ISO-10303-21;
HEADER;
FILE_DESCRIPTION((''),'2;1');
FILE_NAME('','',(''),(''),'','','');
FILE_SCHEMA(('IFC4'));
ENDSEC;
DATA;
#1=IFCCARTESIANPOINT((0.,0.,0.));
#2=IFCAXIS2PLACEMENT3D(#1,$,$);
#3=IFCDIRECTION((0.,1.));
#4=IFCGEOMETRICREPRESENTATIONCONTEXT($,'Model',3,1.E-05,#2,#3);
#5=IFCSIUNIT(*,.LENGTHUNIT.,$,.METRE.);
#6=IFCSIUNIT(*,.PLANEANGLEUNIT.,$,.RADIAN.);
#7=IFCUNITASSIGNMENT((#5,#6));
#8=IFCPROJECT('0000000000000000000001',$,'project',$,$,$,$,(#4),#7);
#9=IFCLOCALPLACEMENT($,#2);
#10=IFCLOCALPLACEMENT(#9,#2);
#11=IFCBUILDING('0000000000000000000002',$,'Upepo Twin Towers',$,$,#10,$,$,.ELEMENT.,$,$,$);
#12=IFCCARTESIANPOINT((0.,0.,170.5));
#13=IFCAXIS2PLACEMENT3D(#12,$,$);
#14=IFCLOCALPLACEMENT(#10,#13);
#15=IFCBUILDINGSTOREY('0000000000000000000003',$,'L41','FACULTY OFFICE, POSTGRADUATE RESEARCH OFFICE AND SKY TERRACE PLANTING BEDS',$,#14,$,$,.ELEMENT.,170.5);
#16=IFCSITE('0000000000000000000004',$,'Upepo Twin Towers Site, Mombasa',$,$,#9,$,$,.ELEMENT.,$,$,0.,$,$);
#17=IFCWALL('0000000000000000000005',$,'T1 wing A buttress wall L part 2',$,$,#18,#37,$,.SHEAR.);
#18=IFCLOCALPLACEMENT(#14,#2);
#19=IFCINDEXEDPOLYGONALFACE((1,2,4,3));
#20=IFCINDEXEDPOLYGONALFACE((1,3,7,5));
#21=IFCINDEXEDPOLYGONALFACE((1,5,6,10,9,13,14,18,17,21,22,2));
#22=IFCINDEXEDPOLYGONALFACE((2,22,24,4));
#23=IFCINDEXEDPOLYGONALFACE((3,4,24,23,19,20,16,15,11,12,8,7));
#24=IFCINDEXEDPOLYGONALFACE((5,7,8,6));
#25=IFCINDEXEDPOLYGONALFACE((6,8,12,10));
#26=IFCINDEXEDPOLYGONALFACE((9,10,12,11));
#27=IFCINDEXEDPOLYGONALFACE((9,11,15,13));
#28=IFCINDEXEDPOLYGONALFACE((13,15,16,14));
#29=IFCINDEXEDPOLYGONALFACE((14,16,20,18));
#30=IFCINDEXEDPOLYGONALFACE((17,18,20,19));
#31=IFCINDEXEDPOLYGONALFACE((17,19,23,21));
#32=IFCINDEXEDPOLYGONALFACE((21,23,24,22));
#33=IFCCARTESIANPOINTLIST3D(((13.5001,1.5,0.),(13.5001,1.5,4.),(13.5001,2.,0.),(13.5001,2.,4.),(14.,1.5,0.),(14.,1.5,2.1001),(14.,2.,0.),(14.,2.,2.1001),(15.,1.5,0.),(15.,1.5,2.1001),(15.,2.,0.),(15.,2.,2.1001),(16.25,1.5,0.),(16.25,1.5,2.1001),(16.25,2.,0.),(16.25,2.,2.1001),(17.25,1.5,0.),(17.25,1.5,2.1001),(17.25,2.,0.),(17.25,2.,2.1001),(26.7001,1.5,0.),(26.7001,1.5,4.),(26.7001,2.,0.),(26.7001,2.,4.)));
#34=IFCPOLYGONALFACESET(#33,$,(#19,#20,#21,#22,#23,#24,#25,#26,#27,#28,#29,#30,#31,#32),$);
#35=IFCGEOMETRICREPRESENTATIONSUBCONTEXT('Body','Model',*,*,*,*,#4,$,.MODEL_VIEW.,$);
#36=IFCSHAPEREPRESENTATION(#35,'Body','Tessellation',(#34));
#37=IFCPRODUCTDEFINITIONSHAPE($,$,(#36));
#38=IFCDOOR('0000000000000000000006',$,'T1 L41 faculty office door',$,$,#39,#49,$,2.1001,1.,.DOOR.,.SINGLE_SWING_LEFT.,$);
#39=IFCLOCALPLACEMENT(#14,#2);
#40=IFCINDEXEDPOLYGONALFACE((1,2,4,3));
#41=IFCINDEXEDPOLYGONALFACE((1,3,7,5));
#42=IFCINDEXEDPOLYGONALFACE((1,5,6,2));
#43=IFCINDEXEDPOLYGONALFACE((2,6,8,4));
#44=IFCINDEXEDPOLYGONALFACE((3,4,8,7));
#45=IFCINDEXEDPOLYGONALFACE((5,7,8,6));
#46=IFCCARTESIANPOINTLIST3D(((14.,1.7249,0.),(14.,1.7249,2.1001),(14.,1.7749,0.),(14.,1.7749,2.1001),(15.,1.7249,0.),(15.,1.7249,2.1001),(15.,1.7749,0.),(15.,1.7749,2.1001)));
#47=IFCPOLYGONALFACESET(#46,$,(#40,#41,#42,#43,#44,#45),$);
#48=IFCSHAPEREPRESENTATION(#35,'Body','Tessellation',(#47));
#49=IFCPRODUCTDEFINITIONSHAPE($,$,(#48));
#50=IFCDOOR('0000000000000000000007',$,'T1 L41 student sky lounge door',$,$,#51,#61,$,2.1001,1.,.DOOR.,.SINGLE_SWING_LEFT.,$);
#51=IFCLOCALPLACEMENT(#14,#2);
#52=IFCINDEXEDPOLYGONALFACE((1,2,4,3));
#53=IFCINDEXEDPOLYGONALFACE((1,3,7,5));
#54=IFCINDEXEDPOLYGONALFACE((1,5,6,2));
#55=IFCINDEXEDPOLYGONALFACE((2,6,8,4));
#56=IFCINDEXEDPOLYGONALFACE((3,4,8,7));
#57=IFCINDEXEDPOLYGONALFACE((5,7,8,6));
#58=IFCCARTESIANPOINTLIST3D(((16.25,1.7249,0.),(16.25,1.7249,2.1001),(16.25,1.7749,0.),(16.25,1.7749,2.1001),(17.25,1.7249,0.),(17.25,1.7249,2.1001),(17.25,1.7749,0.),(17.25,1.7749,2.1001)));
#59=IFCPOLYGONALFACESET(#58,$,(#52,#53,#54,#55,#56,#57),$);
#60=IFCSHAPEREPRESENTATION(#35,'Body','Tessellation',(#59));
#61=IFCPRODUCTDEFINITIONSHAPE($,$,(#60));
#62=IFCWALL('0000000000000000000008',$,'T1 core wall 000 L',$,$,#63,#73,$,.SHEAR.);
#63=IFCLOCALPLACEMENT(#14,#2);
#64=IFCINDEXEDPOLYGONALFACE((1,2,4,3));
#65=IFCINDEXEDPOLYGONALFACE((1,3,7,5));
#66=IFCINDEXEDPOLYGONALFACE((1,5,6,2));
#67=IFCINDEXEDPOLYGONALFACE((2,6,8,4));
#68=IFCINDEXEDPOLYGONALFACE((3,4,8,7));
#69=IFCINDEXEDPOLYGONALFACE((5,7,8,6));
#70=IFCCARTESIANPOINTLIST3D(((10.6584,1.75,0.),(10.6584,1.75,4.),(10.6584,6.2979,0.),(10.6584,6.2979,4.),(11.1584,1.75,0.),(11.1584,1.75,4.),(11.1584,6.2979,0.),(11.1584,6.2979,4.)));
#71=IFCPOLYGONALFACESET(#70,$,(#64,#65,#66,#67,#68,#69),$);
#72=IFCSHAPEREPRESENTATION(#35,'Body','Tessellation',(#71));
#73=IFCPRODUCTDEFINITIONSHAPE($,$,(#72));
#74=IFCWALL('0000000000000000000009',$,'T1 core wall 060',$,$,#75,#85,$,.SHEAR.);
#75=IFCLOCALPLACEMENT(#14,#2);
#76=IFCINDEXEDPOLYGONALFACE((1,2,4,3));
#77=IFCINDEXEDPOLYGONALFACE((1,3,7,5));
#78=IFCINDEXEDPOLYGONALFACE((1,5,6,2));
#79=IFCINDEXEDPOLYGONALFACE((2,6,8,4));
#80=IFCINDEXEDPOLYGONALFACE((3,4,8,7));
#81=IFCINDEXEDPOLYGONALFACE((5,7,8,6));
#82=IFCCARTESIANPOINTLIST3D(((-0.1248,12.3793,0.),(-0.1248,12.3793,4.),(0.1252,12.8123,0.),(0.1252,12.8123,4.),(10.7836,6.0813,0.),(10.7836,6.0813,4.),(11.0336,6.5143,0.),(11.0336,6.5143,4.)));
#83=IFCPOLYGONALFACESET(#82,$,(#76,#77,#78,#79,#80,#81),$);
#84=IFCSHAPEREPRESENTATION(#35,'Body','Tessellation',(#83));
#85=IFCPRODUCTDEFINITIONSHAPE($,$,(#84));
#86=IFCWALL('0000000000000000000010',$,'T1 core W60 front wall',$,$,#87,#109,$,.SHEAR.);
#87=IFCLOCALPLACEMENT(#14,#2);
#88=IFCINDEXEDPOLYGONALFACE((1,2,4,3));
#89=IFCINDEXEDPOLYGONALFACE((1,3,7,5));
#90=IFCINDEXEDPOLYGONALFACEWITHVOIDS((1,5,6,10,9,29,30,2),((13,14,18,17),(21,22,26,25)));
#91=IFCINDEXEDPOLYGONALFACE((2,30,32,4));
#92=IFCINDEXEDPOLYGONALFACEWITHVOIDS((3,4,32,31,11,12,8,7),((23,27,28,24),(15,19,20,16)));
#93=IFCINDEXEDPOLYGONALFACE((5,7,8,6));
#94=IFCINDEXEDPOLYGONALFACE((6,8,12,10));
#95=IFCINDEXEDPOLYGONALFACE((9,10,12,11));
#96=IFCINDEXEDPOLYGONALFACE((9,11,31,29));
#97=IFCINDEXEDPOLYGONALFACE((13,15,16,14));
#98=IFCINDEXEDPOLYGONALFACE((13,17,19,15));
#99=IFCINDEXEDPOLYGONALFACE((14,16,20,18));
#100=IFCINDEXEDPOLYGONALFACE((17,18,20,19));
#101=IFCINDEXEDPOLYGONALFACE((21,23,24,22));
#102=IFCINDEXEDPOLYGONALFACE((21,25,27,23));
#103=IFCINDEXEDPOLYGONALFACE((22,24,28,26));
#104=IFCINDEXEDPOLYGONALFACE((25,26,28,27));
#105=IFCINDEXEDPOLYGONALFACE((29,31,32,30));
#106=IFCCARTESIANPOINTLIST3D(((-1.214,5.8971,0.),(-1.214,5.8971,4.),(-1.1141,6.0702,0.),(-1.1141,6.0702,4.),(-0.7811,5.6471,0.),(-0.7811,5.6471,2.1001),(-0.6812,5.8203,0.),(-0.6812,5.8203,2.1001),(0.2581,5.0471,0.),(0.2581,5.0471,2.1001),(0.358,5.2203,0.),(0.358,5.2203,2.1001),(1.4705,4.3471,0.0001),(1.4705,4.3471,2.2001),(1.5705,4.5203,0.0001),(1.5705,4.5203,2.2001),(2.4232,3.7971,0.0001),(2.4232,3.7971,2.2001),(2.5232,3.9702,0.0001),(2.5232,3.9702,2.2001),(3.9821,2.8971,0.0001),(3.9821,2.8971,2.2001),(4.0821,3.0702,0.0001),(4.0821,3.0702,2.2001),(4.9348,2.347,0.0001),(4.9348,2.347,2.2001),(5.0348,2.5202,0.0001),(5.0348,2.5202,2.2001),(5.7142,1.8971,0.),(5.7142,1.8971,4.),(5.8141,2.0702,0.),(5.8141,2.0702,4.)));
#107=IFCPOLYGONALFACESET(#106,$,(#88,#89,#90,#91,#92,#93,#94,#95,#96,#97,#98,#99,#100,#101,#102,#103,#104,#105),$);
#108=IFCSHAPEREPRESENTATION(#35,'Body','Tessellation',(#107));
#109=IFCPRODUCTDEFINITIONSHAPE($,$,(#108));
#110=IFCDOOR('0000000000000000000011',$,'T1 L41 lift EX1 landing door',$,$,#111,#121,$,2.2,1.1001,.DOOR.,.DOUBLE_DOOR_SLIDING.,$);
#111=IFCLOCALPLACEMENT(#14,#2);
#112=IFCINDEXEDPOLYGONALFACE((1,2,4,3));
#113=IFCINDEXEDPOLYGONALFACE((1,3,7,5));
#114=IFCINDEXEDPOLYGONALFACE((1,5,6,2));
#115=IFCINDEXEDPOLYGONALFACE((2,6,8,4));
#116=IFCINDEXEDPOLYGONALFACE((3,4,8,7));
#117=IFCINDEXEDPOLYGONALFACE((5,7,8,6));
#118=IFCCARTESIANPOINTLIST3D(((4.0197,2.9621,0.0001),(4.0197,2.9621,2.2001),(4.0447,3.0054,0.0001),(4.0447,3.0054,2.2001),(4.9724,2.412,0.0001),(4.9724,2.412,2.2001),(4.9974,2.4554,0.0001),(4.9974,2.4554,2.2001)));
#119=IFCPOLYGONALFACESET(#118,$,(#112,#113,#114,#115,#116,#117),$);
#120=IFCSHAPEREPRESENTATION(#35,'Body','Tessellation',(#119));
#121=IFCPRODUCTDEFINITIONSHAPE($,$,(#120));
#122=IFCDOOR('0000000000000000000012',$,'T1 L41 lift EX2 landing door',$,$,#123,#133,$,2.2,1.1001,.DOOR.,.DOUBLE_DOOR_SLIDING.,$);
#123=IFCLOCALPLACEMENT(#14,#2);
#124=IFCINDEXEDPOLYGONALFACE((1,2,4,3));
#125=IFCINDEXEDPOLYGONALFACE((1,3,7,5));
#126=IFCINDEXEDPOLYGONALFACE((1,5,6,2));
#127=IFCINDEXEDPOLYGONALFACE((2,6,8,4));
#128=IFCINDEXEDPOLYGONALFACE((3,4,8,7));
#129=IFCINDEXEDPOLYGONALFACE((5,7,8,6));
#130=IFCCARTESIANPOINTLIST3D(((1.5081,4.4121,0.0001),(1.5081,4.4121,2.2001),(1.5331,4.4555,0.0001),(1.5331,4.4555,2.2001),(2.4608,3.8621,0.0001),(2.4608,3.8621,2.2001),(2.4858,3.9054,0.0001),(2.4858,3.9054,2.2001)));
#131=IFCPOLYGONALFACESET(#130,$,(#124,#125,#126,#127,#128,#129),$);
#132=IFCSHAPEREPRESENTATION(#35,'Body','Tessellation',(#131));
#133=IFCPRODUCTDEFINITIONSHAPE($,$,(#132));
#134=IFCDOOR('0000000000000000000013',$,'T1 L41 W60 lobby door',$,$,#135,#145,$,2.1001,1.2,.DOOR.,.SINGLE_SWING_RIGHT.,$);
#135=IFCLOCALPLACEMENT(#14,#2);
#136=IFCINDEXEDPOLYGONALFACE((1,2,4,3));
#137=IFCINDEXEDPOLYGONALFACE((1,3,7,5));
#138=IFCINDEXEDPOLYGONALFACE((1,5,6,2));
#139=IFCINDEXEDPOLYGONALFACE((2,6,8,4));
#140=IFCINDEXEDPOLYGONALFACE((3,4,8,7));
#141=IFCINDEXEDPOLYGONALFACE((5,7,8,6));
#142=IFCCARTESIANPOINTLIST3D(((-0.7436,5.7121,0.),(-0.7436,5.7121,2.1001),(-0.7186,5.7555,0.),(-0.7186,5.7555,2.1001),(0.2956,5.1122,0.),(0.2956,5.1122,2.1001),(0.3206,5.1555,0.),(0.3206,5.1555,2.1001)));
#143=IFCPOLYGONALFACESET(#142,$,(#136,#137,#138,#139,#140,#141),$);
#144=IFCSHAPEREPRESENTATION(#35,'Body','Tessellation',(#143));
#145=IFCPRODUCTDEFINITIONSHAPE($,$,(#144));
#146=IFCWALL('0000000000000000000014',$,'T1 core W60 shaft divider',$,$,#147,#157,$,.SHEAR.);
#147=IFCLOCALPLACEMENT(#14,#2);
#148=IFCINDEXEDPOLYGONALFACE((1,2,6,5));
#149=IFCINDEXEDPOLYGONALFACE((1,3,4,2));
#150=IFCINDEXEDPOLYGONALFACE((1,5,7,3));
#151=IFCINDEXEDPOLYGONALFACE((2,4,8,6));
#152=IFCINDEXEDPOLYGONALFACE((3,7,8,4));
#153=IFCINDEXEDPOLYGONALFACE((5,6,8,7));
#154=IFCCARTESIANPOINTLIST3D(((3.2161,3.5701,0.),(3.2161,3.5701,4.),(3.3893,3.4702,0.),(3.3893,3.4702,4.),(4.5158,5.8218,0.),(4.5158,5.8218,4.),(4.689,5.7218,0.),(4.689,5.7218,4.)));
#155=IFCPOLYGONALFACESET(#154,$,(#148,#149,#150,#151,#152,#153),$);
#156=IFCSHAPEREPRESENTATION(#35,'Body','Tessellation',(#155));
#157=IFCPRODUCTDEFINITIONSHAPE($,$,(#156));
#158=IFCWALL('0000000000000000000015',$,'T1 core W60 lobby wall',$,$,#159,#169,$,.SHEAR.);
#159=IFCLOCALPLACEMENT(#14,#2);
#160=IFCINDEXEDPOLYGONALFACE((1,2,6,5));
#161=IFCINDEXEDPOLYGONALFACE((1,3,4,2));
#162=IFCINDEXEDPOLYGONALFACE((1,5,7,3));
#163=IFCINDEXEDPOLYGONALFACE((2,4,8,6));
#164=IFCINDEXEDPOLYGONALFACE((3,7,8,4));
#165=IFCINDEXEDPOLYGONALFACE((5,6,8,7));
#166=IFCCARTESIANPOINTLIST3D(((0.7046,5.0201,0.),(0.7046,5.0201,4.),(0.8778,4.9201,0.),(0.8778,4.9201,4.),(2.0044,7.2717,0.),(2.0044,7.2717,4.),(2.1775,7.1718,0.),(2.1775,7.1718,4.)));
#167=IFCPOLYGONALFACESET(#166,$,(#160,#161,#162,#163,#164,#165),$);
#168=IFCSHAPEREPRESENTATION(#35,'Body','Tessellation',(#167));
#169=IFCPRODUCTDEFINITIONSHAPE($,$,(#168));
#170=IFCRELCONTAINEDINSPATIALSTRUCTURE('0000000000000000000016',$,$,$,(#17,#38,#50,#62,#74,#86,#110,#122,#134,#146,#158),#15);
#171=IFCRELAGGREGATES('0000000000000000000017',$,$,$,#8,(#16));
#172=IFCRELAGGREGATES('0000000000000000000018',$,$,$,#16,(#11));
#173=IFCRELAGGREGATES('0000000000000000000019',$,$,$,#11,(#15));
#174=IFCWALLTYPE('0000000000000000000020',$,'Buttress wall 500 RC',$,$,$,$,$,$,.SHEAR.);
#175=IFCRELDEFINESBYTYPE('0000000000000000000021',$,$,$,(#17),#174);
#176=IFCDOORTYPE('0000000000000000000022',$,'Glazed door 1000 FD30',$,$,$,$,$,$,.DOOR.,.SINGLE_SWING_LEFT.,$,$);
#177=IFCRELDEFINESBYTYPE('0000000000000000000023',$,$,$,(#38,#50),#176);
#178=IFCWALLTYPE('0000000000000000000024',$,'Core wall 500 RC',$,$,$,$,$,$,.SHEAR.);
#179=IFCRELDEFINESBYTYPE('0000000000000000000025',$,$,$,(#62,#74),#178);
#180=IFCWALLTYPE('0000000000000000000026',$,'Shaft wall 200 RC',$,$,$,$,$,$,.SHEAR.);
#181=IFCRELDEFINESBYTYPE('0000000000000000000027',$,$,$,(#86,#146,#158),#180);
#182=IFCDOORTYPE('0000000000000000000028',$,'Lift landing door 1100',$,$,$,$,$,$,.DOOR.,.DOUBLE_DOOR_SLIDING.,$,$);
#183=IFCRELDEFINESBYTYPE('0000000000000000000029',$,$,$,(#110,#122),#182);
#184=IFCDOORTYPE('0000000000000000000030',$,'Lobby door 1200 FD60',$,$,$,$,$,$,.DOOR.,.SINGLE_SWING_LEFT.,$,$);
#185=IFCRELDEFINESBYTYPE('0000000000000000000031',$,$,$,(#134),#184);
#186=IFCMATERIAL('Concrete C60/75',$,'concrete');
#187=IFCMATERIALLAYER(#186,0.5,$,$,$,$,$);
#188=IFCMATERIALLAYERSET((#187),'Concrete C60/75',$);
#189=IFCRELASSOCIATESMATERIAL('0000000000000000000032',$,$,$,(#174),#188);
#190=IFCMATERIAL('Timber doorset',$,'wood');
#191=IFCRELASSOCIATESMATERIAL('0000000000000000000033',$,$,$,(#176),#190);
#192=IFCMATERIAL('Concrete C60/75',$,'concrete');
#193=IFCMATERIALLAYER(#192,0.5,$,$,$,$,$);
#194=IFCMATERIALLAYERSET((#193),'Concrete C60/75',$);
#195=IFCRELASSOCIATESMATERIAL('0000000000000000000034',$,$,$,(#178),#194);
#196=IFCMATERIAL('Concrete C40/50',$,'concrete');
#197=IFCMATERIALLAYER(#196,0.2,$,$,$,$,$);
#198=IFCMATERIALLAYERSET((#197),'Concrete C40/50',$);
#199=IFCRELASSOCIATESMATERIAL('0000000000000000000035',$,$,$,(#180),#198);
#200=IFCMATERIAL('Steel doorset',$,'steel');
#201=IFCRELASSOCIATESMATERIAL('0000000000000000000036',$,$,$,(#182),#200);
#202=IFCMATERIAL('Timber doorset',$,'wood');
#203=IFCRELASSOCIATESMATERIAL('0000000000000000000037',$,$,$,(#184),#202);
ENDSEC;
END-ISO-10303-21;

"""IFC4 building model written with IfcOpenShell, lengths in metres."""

from ifc_helpers import new_model, si_unit, direction, frame, frame_2d, origin, place, context, subcontext, project, spatial, rectangle, extrude, material, layer, layer_set, type_object, element, fill, save


model = new_model("IFC4")

# Units and contexts
model_context = context("Model", 3, precision=1e-05, world=origin(), true_north=direction((0.0, 1.0)))
body_context = subcontext(model_context, "Body", "Model", "MODEL_VIEW")
ifc_project = project(units=[si_unit("LENGTHUNIT", "METRE"), si_unit("PLANEANGLEUNIT", "RADIAN")], contexts=[model_context])

# Site, building, storey
site_placement = place(None, origin())
site = spatial("IfcSite", under=ifc_project, at=site_placement, Name="Upepo Twin Towers Site, Mombasa", CompositionType="ELEMENT", RefElevation=0.0)
building_placement = place(site_placement, origin())
building = spatial("IfcBuilding", under=site, at=building_placement, Name="Upepo Twin Towers", CompositionType="ELEMENT")
storey_placement = place(building_placement, frame((0.0, 0.0, 170.5)))
storey = spatial("IfcBuildingStorey", under=building, at=storey_placement, Name="L41", Description="FACULTY OFFICE, POSTGRADUATE RESEARCH OFFICE AND SKY TERRACE PLANTING BEDS", CompositionType="ELEMENT", Elevation=170.5)

# Wall, openings, doors
ifc_material_1 = material(Name="Concrete C60/75", Category="concrete")
ifc_layer_1 = layer(ifc_material_1, 0.5)
ifc_layer_set_1 = layer_set([ifc_layer_1], Name="Concrete C60/75")
wall_type_1 = type_object("IfcWallType", Name="Buttress wall 500 RC", PredefinedType="SHEAR", material=ifc_layer_set_1)
wall_1_placement = place(storey_placement, frame((13.5, 1.75, 0.0), z_axis=(0.0, 0.0, 1.0), x_axis=(1.0, 0.0, 0.0)))
wall_1 = element("IfcWall", 1, at=wall_1_placement, inside=storey, type_object=wall_type_1, Name="T1 wing A buttress wall L part 2", PredefinedType="SHEAR", context=body_context, shape_type="SweptSolid", body=[
    extrude(rectangle(XDim=13.2, YDim=0.5, at=frame_2d((6.6001, 0.0))), origin(), (0.0, 0.0, 1.0), 4.0),
])
opening_1_placement = place(wall_1_placement, frame((0.5, 0.0, 0.0)))
opening_1 = element("IfcOpeningElement", 2, at=opening_1_placement, cuts=wall_1, PredefinedType="OPENING", context=body_context, shape_type="SweptSolid", body=[
    extrude(rectangle(XDim=1.0, YDim=2.1001, at=frame_2d((0.5, 1.05))), frame((0.0, 0.26, 0.0), z_axis=(0.0, -1.0, 0.0), x_axis=(1.0, 0.0, 0.0)), (0.0, 0.0, 1.0), 0.52),
])
opening_2_placement = place(wall_1_placement, frame((2.75, 0.0, 0.0)))
opening_2 = element("IfcOpeningElement", 3, at=opening_2_placement, cuts=wall_1, PredefinedType="OPENING", context=body_context, shape_type="SweptSolid", body=[
    extrude(rectangle(XDim=1.0, YDim=2.1001, at=frame_2d((0.5, 1.05))), frame((0.0, 0.26, 0.0), z_axis=(0.0, -1.0, 0.0), x_axis=(1.0, 0.0, 0.0)), (0.0, 0.0, 1.0), 0.52),
])
ifc_material_2 = material(Name="Timber doorset", Category="wood")
door_type_1 = type_object("IfcDoorType", Name="Glazed door 1000 FD30", OperationType="SINGLE_SWING_LEFT", PredefinedType="DOOR", material=ifc_material_2)
door_1_placement = place(opening_1_placement, origin())
door_1 = element("IfcDoor", 4, at=door_1_placement, inside=storey, type_object=door_type_1, Name="T1 L41 faculty office door", OperationType="SINGLE_SWING_LEFT", OverallHeight=2.1001, OverallWidth=1.0, PredefinedType="DOOR", context=body_context, shape_type="SweptSolid", body=[
    extrude(rectangle(XDim=1.0, YDim=2.1001, at=frame_2d((0.5, 1.05))), frame((0.0, 0.0249, 0.0), z_axis=(0.0, -1.0, 0.0), x_axis=(1.0, 0.0, 0.0)), (0.0, 0.0, 1.0), 0.05),
])
fill(opening_1, door_1)
door_2_placement = place(opening_2_placement, origin())
door_2 = element("IfcDoor", 5, at=door_2_placement, inside=storey, type_object=door_type_1, Name="T1 L41 student sky lounge door", OperationType="SINGLE_SWING_LEFT", OverallHeight=2.1001, OverallWidth=1.0, PredefinedType="DOOR", context=body_context, shape_type="SweptSolid", body=[
    extrude(rectangle(XDim=1.0, YDim=2.1001, at=frame_2d((0.5, 1.05))), frame((0.0, 0.0249, 0.0), z_axis=(0.0, -1.0, 0.0), x_axis=(1.0, 0.0, 0.0)), (0.0, 0.0, 1.0), 0.05),
])
fill(opening_2, door_2)

# Walls
ifc_material_3 = material(Name="Concrete C60/75", Category="concrete")
ifc_layer_2 = layer(ifc_material_3, 0.5)
ifc_layer_set_2 = layer_set([ifc_layer_2], Name="Concrete C60/75")
wall_type_2 = type_object("IfcWallType", Name="Core wall 500 RC", PredefinedType="SHEAR", material=ifc_layer_set_2)
wall_2_placement = place(storey_placement, frame((10.9084, 1.75, 0.0), z_axis=(0.0, 0.0, 1.0), x_axis=(0.0, 1.0, 0.0)))
element("IfcWall", 6, at=wall_2_placement, inside=storey, type_object=wall_type_2, Name="T1 core wall 000 L", PredefinedType="SHEAR", context=body_context, shape_type="SweptSolid", body=[
    extrude(rectangle(XDim=4.5479, YDim=0.5, at=frame_2d((2.2739, 0.0))), origin(), (0.0, 0.0, 1.0), 4.0),
])
wall_3_placement = place(storey_placement, frame((10.9084, 6.2979, 0.0), z_axis=(0.0, 0.0, 1.0), x_axis=(-0.866022, 0.500006, 0.0)))
element("IfcWall", 7, at=wall_3_placement, inside=storey, type_object=wall_type_2, Name="T1 core wall 060", PredefinedType="SHEAR", context=body_context, shape_type="SweptSolid", body=[
    extrude(rectangle(XDim=12.5959, YDim=0.5, at=frame_2d((6.2979, 0.0))), origin(), (0.0, 0.0, 1.0), 4.0),
])

# Wall, openings, doors
ifc_material_4 = material(Name="Concrete C40/50", Category="concrete")
ifc_layer_3 = layer(ifc_material_4, 0.2)
ifc_layer_set_3 = layer_set([ifc_layer_3], Name="Concrete C40/50")
wall_type_3 = type_object("IfcWallType", Name="Shaft wall 200 RC", PredefinedType="SHEAR", material=ifc_layer_set_3)
wall_4_placement = place(storey_placement, frame((5.7642, 1.9836, 0.0), z_axis=(0.0, 0.0, 1.0), x_axis=(-0.866026, 0.499999, 0.0)))
wall_4 = element("IfcWall", 8, at=wall_4_placement, inside=storey, type_object=wall_type_3, Name="T1 core W60 front wall", PredefinedType="SHEAR", context=body_context, shape_type="SweptSolid", body=[
    extrude(rectangle(XDim=8.0, YDim=0.2, at=frame_2d((4.0, 0.0))), origin(), (0.0, 0.0, 1.0), 4.0),
])
opening_3_placement = place(wall_4_placement, frame((6.3, 0.0, 0.0)))
opening_3 = element("IfcOpeningElement", 9, at=opening_3_placement, cuts=wall_4, PredefinedType="OPENING", context=body_context, shape_type="SweptSolid", body=[
    extrude(rectangle(XDim=1.2, YDim=2.1001, at=frame_2d((0.6001, 1.05))), frame((0.0, 0.1099, 0.0), z_axis=(0.0, -1.0, 0.0), x_axis=(1.0, 0.0, 0.0)), (0.0, 0.0, 1.0), 0.22),
])
opening_4_placement = place(wall_4_placement, frame((0.8999, 0.0, 0.0)))
opening_4 = element("IfcOpeningElement", 10, at=opening_4_placement, cuts=wall_4, PredefinedType="OPENING", context=body_context, shape_type="SweptSolid", body=[
    extrude(rectangle(XDim=1.1001, YDim=2.2, at=frame_2d((0.55, 1.1001))), frame((0.0, 0.1099, 0.0), z_axis=(0.0, -1.0, 0.0), x_axis=(1.0, 0.0, 0.0)), (0.0, 0.0, 1.0), 0.22),
])
opening_5_placement = place(wall_4_placement, frame((3.8, 0.0, 0.0)))
opening_5 = element("IfcOpeningElement", 11, at=opening_5_placement, cuts=wall_4, PredefinedType="OPENING", context=body_context, shape_type="SweptSolid", body=[
    extrude(rectangle(XDim=1.1001, YDim=2.2, at=frame_2d((0.55, 1.1001))), frame((0.0, 0.1099, 0.0), z_axis=(0.0, -1.0, 0.0), x_axis=(1.0, 0.0, 0.0)), (0.0, 0.0, 1.0), 0.22),
])
ifc_material_5 = material(Name="Steel doorset", Category="steel")
door_type_2 = type_object("IfcDoorType", Name="Lift landing door 1100", OperationType="DOUBLE_DOOR_SLIDING", PredefinedType="DOOR", material=ifc_material_5)
door_3_placement = place(opening_4_placement, origin())
door_3 = element("IfcDoor", 12, at=door_3_placement, inside=storey, type_object=door_type_2, Name="T1 L41 lift EX1 landing door", OperationType="DOUBLE_DOOR_SLIDING", OverallHeight=2.2, OverallWidth=1.1001, PredefinedType="DOOR", context=body_context, shape_type="SweptSolid", body=[
    extrude(rectangle(XDim=1.1001, YDim=2.2, at=frame_2d((0.55, 1.1001))), frame((0.0, 0.0249, 0.0), z_axis=(0.0, -1.0, 0.0), x_axis=(1.0, 0.0, 0.0)), (0.0, 0.0, 1.0), 0.05),
])
fill(opening_4, door_3)
door_4_placement = place(opening_5_placement, origin())
door_4 = element("IfcDoor", 13, at=door_4_placement, inside=storey, type_object=door_type_2, Name="T1 L41 lift EX2 landing door", OperationType="DOUBLE_DOOR_SLIDING", OverallHeight=2.2, OverallWidth=1.1001, PredefinedType="DOOR", context=body_context, shape_type="SweptSolid", body=[
    extrude(rectangle(XDim=1.1001, YDim=2.2, at=frame_2d((0.55, 1.1001))), frame((0.0, 0.0249, 0.0), z_axis=(0.0, -1.0, 0.0), x_axis=(1.0, 0.0, 0.0)), (0.0, 0.0, 1.0), 0.05),
])
fill(opening_5, door_4)
ifc_material_6 = material(Name="Timber doorset", Category="wood")
door_type_3 = type_object("IfcDoorType", Name="Lobby door 1200 FD60", OperationType="SINGLE_SWING_LEFT", PredefinedType="DOOR", material=ifc_material_6)
door_5_placement = place(opening_3_placement, origin())
door_5 = element("IfcDoor", 14, at=door_5_placement, inside=storey, type_object=door_type_3, Name="T1 L41 W60 lobby door", OperationType="SINGLE_SWING_RIGHT", OverallHeight=2.1001, OverallWidth=1.2, PredefinedType="DOOR", context=body_context, shape_type="SweptSolid", body=[
    extrude(rectangle(XDim=1.2, YDim=2.1001, at=frame_2d((0.6001, 1.05))), frame((0.0, 0.0249, 0.0), z_axis=(0.0, -1.0, 0.0), x_axis=(1.0, 0.0, 0.0)), (0.0, 0.0, 1.0), 0.05),
])
fill(opening_3, door_5)

# Walls
for number, where, z_axis, x_axis, name in (
    (15, (3.3027, 3.5203, 0.0), (0.0, 0.0, 1.0), (0.499937, 0.866062, 0.0), "T1 core W60 shaft divider"),
    (16, (0.7913, 4.9702, 0.0), (0.0, 0.0, 1.0), (0.499937, 0.866062, 0.0), "T1 core W60 lobby wall"),
):
    element("IfcWall", number, at=place(storey_placement, frame(where, z_axis=z_axis, x_axis=x_axis)), inside=storey, type_object=wall_type_3, Name=name, PredefinedType="SHEAR", context=body_context, shape_type="SweptSolid", body=[
        extrude(rectangle(XDim=2.5999, YDim=0.2, at=frame_2d((1.2998, 0.0))), origin(), (0.0, 0.0, 1.0), 4.0),
    ])

save(model, "model.ifc")
